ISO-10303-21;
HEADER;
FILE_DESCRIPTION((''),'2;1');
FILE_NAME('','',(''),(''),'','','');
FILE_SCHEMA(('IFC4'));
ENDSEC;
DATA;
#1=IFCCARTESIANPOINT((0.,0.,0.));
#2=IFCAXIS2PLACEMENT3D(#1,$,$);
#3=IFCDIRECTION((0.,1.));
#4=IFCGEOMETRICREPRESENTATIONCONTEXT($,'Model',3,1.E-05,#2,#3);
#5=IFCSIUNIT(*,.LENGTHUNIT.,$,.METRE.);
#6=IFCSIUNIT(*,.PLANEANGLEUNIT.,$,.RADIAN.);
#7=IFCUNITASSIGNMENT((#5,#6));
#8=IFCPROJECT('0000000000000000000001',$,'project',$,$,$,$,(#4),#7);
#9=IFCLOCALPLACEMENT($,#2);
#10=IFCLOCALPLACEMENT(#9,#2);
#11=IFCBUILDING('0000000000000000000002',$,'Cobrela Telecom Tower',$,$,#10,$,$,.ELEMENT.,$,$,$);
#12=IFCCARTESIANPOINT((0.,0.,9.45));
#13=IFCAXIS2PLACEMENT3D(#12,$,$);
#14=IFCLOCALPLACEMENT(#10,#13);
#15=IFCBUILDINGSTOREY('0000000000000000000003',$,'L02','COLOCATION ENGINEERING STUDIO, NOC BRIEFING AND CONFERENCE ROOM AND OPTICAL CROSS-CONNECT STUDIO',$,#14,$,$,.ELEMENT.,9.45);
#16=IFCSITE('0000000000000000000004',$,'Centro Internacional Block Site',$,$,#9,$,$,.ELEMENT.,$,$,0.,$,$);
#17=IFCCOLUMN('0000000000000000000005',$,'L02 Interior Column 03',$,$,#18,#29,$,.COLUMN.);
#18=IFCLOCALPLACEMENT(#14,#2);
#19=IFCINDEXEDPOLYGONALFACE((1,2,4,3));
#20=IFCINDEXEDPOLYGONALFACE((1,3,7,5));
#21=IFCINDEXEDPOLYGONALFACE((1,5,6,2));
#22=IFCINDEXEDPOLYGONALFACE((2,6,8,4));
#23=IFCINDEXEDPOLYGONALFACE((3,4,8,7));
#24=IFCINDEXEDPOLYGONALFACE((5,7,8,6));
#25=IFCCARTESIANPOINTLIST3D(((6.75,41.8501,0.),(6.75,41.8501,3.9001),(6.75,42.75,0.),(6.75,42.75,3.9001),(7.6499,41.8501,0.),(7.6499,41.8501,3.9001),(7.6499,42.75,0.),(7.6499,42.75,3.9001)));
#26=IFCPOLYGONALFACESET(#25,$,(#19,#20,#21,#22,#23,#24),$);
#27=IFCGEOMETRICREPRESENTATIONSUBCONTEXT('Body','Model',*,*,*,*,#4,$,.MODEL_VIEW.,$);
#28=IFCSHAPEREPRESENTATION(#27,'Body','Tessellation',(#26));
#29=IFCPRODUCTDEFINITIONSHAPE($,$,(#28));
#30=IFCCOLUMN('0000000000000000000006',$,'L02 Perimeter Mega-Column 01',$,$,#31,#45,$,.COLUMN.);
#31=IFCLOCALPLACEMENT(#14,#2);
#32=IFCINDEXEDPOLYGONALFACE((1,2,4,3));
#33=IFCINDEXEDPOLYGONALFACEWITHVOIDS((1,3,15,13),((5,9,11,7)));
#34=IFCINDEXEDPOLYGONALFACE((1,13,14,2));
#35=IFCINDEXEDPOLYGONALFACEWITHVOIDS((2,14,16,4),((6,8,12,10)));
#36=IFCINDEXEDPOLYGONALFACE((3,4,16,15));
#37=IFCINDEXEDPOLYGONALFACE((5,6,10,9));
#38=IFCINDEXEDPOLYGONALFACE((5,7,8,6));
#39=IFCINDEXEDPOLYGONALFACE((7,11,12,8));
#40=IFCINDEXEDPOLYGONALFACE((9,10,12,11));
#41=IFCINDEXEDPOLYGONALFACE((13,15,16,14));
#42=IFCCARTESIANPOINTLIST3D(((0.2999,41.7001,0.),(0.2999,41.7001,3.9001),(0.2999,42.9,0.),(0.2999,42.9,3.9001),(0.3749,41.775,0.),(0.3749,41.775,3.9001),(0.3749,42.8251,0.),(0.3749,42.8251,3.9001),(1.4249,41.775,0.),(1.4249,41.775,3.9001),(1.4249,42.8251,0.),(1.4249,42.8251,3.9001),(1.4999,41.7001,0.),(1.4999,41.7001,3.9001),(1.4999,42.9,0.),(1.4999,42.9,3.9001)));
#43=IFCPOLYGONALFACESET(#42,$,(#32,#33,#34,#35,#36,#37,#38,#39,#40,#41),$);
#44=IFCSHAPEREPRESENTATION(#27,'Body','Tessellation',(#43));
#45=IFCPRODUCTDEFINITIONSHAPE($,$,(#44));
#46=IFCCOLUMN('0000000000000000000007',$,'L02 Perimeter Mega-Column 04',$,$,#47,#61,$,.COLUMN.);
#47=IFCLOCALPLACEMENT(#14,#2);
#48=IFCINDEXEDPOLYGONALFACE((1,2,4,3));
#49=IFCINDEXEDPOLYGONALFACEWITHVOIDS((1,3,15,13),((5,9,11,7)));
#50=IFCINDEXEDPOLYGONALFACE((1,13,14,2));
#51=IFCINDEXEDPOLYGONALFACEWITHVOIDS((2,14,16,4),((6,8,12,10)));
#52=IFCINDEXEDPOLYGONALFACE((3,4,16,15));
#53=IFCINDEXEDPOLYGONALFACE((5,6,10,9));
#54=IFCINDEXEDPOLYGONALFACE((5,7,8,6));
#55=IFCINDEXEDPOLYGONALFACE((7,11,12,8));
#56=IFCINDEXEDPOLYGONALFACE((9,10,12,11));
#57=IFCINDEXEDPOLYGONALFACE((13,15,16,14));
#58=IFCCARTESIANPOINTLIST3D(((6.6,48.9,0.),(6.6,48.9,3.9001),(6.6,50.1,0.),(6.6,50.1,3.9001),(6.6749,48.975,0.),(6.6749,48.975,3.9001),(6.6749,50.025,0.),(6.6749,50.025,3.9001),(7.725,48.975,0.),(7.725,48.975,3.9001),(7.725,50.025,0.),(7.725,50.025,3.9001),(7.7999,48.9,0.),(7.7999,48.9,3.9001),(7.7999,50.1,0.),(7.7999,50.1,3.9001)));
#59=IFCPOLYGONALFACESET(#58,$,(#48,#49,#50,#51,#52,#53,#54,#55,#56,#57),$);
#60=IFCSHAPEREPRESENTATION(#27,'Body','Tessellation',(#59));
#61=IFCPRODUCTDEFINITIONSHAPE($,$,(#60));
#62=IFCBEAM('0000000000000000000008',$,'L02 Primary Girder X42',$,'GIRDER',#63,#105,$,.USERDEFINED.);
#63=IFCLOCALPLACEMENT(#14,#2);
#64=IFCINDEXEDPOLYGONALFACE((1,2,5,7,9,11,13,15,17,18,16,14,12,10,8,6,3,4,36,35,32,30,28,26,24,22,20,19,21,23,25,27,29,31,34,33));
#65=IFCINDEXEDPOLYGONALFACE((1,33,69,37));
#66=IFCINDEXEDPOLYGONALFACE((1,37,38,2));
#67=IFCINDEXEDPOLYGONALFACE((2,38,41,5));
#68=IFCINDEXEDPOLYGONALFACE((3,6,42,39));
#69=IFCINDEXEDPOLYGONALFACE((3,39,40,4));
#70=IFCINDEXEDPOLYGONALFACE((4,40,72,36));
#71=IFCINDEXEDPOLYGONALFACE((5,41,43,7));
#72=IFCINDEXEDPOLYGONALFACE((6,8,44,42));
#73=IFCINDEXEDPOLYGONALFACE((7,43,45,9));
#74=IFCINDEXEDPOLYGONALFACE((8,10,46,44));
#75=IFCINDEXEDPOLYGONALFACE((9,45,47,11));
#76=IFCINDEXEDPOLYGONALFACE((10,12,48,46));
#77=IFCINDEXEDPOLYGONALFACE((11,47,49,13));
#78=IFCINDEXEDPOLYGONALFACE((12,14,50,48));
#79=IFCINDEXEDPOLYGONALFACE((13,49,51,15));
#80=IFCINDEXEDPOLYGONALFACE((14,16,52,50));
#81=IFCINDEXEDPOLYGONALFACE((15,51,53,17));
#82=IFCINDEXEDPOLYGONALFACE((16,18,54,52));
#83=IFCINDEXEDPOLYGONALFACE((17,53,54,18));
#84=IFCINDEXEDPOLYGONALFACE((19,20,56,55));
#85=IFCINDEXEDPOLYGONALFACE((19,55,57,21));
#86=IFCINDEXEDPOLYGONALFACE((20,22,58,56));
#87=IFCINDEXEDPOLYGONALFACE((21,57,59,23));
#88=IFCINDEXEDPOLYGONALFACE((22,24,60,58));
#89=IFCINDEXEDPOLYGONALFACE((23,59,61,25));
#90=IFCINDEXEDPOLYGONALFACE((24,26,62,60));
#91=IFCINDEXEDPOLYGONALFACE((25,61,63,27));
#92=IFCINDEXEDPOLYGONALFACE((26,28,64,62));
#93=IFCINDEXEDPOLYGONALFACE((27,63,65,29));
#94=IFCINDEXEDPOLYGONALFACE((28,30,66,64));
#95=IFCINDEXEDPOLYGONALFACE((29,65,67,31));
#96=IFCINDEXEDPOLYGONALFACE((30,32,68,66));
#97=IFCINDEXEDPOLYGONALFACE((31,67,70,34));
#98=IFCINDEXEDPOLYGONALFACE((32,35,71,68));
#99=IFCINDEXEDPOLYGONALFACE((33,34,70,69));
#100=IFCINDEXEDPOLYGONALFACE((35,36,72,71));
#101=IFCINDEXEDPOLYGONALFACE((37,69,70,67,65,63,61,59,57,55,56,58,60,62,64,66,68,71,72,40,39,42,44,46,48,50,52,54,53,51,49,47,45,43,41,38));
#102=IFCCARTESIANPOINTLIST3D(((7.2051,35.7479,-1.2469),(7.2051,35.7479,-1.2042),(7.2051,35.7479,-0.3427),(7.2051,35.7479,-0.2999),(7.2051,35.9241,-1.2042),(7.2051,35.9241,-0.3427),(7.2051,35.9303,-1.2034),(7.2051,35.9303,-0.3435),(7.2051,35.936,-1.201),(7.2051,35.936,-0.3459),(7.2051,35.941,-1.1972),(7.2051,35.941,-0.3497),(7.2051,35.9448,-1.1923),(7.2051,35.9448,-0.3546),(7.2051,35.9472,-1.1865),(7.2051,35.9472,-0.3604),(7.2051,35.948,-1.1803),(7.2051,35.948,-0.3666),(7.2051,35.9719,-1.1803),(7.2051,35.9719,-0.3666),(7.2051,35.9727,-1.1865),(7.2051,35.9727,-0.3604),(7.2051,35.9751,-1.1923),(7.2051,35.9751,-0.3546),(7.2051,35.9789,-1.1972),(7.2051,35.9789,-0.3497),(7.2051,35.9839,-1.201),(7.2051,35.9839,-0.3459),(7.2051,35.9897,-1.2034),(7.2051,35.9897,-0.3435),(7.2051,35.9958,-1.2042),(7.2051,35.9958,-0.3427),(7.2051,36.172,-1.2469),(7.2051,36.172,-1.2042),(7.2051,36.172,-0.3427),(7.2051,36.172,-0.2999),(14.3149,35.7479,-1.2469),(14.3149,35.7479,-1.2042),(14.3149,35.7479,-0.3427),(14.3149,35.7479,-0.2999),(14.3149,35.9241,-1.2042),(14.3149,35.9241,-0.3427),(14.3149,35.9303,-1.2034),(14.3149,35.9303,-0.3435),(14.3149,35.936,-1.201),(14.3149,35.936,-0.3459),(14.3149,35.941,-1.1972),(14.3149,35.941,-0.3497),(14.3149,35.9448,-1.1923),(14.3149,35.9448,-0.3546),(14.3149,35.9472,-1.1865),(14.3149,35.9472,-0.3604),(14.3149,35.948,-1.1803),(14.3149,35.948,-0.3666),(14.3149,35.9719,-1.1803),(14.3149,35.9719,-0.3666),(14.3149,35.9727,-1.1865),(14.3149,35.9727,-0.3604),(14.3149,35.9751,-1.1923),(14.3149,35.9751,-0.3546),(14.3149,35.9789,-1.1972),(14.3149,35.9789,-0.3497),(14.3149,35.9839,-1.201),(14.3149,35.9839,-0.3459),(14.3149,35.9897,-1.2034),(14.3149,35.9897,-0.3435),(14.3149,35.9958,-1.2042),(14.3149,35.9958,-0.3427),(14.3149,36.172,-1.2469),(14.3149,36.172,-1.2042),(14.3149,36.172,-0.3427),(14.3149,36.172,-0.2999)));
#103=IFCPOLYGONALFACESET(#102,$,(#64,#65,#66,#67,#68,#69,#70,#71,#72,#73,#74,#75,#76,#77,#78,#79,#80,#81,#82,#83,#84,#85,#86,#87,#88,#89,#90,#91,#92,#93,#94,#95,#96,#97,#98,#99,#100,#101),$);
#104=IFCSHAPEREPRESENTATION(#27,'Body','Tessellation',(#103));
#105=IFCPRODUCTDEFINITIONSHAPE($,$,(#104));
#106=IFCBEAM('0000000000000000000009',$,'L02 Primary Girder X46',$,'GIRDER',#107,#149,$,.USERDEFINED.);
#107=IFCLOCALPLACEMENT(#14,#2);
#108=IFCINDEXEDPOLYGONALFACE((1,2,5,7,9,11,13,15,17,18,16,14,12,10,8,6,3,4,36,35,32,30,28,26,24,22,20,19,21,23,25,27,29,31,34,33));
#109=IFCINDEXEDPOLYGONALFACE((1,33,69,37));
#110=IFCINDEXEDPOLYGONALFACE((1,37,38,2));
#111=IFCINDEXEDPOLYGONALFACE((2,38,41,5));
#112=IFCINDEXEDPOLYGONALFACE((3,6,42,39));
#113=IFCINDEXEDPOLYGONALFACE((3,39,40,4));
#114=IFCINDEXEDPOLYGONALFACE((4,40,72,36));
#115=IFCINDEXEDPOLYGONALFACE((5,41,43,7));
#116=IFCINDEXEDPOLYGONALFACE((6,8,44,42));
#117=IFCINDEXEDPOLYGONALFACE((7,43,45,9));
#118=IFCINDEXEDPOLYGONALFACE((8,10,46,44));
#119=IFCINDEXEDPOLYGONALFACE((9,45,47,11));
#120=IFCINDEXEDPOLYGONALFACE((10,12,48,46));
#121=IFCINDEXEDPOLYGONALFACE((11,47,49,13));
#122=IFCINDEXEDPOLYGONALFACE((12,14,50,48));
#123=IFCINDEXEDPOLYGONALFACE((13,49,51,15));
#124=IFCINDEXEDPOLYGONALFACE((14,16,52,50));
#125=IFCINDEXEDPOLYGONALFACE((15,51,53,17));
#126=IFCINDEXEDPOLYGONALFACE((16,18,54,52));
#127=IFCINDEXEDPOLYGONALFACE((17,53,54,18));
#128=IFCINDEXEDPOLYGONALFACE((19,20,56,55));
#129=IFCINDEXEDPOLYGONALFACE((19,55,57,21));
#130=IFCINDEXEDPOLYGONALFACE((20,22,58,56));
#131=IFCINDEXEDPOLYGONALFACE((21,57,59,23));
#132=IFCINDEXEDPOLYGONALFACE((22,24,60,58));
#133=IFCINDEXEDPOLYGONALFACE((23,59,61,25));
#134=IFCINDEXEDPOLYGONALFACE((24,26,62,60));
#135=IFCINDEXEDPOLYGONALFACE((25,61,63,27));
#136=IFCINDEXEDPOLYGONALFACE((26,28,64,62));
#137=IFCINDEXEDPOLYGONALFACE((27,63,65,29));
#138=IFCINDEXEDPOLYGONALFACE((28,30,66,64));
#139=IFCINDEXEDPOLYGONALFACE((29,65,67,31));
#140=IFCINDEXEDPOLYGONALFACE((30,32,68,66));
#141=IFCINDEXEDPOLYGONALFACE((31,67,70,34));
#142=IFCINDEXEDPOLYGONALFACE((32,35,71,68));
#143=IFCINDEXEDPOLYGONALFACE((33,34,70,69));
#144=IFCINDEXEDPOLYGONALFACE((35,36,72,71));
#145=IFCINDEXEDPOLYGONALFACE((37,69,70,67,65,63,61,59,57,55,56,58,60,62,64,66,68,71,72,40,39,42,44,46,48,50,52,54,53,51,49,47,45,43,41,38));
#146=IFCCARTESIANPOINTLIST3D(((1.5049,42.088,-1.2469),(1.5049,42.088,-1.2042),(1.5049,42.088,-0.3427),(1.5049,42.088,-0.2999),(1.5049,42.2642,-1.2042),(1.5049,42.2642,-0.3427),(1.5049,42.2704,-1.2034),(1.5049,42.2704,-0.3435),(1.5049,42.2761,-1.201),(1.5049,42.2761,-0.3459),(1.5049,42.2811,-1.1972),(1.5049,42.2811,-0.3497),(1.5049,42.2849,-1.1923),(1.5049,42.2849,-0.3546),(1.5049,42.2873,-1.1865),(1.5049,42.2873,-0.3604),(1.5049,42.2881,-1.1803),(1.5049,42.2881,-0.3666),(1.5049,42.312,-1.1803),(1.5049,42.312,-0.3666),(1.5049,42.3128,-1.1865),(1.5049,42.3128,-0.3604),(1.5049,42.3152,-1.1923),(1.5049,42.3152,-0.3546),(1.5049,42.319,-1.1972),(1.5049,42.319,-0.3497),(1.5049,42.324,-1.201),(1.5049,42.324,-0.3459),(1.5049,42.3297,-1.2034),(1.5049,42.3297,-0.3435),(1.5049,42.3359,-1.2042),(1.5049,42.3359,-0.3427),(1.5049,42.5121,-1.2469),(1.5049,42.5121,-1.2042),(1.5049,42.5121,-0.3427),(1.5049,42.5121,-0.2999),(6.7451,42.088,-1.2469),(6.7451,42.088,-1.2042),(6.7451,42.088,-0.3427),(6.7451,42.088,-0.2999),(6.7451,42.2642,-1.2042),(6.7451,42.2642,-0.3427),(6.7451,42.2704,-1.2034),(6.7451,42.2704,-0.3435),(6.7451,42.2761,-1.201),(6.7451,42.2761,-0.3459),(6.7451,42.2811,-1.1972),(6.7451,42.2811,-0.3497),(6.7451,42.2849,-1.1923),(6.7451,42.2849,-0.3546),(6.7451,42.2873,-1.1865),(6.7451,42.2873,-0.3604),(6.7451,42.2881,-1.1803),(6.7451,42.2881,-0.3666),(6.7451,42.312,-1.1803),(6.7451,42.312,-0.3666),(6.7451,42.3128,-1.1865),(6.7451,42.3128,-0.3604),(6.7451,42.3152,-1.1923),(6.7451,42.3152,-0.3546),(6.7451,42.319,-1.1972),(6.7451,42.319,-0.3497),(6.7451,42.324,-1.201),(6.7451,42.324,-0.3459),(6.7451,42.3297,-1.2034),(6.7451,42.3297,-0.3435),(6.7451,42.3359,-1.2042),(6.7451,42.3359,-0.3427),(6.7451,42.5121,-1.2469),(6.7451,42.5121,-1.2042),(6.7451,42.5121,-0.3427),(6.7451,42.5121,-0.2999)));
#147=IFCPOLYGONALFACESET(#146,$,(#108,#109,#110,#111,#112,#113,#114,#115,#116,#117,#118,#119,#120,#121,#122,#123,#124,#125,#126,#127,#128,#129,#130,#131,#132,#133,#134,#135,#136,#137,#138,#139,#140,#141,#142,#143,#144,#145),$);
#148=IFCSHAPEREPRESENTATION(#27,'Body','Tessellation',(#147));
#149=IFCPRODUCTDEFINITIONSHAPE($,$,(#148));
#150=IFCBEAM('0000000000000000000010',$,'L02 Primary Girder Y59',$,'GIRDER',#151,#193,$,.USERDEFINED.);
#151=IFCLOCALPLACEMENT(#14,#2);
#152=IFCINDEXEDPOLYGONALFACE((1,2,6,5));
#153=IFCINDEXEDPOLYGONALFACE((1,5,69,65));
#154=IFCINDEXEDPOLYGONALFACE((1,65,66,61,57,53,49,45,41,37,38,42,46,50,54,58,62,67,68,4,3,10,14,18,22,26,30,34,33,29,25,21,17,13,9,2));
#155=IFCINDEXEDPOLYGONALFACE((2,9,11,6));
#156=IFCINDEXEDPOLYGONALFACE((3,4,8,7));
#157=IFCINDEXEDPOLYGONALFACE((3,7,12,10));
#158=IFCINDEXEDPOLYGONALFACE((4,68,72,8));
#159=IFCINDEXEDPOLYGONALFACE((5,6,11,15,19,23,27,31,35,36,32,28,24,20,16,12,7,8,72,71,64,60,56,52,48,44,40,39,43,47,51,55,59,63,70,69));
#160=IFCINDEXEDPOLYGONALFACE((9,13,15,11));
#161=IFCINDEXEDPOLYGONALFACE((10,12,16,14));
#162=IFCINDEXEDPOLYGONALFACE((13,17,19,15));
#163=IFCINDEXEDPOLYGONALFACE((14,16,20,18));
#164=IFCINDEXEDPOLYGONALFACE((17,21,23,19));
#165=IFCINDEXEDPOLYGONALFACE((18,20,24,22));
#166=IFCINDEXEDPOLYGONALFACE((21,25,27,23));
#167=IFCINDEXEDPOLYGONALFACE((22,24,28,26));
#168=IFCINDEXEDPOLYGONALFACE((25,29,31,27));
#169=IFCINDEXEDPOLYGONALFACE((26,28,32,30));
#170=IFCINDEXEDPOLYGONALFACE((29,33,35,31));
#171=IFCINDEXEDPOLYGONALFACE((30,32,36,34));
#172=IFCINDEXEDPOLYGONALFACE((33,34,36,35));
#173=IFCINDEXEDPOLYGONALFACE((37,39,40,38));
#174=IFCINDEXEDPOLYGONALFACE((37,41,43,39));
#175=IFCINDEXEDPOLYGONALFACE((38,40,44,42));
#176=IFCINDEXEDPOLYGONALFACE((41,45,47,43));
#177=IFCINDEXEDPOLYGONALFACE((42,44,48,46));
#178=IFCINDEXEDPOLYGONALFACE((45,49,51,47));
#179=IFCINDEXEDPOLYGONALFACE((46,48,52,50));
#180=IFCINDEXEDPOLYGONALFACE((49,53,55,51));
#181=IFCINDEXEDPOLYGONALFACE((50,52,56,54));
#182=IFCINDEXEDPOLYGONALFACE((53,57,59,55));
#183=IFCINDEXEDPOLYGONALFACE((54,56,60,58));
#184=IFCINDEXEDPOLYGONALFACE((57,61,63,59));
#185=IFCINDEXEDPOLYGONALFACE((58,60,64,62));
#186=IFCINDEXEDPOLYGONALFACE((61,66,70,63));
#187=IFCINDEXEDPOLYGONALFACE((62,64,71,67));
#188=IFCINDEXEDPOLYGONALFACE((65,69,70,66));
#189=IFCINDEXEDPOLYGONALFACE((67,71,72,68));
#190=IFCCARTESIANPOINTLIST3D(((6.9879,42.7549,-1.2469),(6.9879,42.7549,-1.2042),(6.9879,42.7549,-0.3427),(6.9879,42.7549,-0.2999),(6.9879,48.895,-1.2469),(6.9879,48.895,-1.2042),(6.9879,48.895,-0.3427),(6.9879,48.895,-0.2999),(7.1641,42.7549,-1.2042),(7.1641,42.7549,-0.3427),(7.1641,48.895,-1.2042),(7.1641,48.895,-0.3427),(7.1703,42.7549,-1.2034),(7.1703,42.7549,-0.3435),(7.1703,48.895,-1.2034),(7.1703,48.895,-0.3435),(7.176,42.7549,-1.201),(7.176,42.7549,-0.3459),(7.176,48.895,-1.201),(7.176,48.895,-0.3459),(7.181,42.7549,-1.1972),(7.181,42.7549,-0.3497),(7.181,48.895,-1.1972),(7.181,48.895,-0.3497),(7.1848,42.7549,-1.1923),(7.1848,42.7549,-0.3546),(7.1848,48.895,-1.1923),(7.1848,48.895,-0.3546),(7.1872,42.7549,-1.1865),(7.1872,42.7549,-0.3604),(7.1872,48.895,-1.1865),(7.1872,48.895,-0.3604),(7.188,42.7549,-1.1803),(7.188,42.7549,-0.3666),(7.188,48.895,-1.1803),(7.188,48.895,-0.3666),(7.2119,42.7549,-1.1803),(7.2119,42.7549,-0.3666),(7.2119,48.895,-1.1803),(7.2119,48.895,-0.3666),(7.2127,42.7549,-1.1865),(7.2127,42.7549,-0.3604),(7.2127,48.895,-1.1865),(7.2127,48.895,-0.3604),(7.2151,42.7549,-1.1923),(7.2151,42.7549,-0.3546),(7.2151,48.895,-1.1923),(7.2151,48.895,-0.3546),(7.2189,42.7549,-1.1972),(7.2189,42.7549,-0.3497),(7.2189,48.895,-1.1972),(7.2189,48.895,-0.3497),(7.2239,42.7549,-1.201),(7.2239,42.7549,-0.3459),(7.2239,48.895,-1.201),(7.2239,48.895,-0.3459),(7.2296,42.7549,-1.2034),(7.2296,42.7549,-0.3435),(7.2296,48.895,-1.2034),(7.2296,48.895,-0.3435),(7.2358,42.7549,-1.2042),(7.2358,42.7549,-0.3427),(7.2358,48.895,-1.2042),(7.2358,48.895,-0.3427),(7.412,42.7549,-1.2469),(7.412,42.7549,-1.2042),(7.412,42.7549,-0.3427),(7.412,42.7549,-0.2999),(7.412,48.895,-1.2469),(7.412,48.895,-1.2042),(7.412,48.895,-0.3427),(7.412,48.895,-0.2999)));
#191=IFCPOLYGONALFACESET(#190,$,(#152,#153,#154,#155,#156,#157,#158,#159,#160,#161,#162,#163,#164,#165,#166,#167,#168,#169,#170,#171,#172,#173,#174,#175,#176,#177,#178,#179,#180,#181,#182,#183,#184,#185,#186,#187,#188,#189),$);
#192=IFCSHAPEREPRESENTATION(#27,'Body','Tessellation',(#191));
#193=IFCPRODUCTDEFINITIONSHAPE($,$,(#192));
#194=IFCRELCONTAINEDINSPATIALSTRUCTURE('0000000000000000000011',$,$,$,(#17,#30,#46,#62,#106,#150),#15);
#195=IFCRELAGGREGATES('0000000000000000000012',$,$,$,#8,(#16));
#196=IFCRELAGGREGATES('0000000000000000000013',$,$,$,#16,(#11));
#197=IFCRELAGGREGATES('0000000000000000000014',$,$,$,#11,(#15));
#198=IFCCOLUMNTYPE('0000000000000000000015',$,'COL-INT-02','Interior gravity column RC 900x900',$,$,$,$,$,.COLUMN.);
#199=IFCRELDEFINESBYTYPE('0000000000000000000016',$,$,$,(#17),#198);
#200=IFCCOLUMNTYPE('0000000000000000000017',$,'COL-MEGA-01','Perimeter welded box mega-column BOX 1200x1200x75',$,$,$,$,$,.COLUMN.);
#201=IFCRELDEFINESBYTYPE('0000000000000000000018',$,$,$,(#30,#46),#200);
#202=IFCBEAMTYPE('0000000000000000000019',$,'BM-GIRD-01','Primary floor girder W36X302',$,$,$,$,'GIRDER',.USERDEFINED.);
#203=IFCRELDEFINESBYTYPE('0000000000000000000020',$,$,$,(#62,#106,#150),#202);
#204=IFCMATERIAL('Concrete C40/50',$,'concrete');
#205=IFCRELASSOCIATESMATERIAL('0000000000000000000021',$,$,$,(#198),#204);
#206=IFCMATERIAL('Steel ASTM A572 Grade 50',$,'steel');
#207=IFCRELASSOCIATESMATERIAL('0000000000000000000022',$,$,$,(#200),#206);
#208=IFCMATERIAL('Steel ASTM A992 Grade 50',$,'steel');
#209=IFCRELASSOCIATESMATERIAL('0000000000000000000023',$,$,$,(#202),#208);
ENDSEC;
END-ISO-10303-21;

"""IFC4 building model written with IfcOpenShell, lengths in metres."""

from ifc_helpers import new_model, si_unit, direction, frame, origin, origin_2d, place, context, subcontext, project, spatial, rectangle, hollow_rectangle, i_section, extrude, material, material_profile, profile_set, type_object, element, save


model = new_model("IFC4")

# Units and contexts
model_context = context("Model", 3, precision=1e-05, world=origin(), true_north=direction((0.0, 1.0)))
body_context = subcontext(model_context, "Body", "Model", "MODEL_VIEW")
ifc_project = project(units=[si_unit("LENGTHUNIT", "METRE"), si_unit("PLANEANGLEUNIT", "RADIAN")], contexts=[model_context])

# Site, building, storey
site_placement = place(None, origin())
site = spatial("IfcSite", under=ifc_project, at=site_placement, Name="Centro Internacional Block Site", CompositionType="ELEMENT", RefElevation=0.0)
building_placement = place(site_placement, origin())
building = spatial("IfcBuilding", under=site, at=building_placement, Name="Cobrela Telecom Tower", CompositionType="ELEMENT")
storey_placement = place(building_placement, frame((0.0, 0.0, 9.45)))
storey = spatial("IfcBuildingStorey", under=building, at=storey_placement, Name="L02", Description="COLOCATION ENGINEERING STUDIO, NOC BRIEFING AND CONFERENCE ROOM AND OPTICAL CROSS-CONNECT STUDIO", CompositionType="ELEMENT", Elevation=9.45)

# Columns
ifc_material_1 = material(Name="Concrete C40/50", Category="concrete")
ifc_material_profile_1 = material_profile(ifc_material_1, rectangle(XDim=0.8999, YDim=0.8999, at=origin_2d()), Name="RC 900x900")
ifc_profile_set_1 = profile_set([ifc_material_profile_1], Name="Concrete C40/50")
column_type_1 = type_object("IfcColumnType", Name="COL-INT-02", Description="Interior gravity column RC 900x900", PredefinedType="COLUMN", material=ifc_profile_set_1)
column_placement = place(storey_placement, frame((7.2, 42.3, 0.0), z_axis=(0.0, 0.0, 1.0), x_axis=(1.0, 0.0, 0.0)))
element("IfcColumn", 1, at=column_placement, inside=storey, type_object=column_type_1, Name="L02 Interior Column 03", PredefinedType="COLUMN", context=body_context, shape_type="SweptSolid", body=[
    extrude(rectangle(XDim=0.8999, YDim=0.8999, at=origin_2d()), origin(), (0.0, 0.0, 1.0), 3.9001),
])
ifc_material_2 = material(Name="Steel ASTM A572 Grade 50", Category="steel")
ifc_material_profile_2 = material_profile(ifc_material_2, hollow_rectangle(XDim=1.2, YDim=1.2, WallThickness=0.075, at=origin_2d()), Name="BOX 1200x1200x75")
ifc_profile_set_2 = profile_set([ifc_material_profile_2], Name="Steel ASTM A572 Grade 50")
column_type_2 = type_object("IfcColumnType", Name="COL-MEGA-01", Description="Perimeter welded box mega-column BOX 1200x1200x75", PredefinedType="COLUMN", material=ifc_profile_set_2)
for number, where, z_axis, x_axis, name in (
    (2, (0.8999, 42.3, 0.0), (0.0, 0.0, 1.0), (1.0, 0.0, 0.0), "L02 Perimeter Mega-Column 01"),
    (3, (7.2, 49.5, 0.0), (0.0, 0.0, 1.0), (1.0, 0.0, 0.0), "L02 Perimeter Mega-Column 04"),
):
    element("IfcColumn", number, at=place(storey_placement, frame(where, z_axis=z_axis, x_axis=x_axis)), inside=storey, type_object=column_type_2, Name=name, PredefinedType="COLUMN", context=body_context, shape_type="SweptSolid", body=[
        extrude(hollow_rectangle(XDim=1.2, YDim=1.2, WallThickness=0.075, at=origin_2d()), origin(), (0.0, 0.0, 1.0), 3.9001),
    ])

# Beams
ifc_material_3 = material(Name="Steel ASTM A992 Grade 50", Category="steel")
ifc_material_profile_3 = material_profile(ifc_material_3, i_section(OverallWidth=0.4241, OverallDepth=0.947, WebThickness=0.0239, FlangeThickness=0.0427, FilletRadius=0.0239, at=origin_2d()), Name="W36X302")
ifc_profile_set_3 = profile_set([ifc_material_profile_3], Name="Steel ASTM A992 Grade 50")
beam_type_1 = type_object("IfcBeamType", Name="BM-GIRD-01", Description="Primary floor girder W36X302", ElementType="GIRDER", PredefinedType="USERDEFINED", material=ifc_profile_set_3)
beam_1_placement = place(storey_placement, frame((7.2051, 35.96, -0.7734), z_axis=(1.0, 0.0, 0.0), x_axis=(0.0, 1.0, 0.0)))
element("IfcBeam", 4, at=beam_1_placement, inside=storey, type_object=beam_type_1, Name="L02 Primary Girder X42", ObjectType="GIRDER", PredefinedType="USERDEFINED", context=body_context, shape_type="SweptSolid", body=[
    extrude(i_section(OverallWidth=0.4241, OverallDepth=0.947, WebThickness=0.0239, FlangeThickness=0.0427, FilletRadius=0.0239, at=origin_2d()), origin(), (0.0, 0.0, 1.0), 7.1099),
])
beam_2_placement = place(storey_placement, frame((1.5049, 42.3, -0.7734), z_axis=(1.0, 0.0, 0.0), x_axis=(0.0, 1.0, 0.0)))
element("IfcBeam", 5, at=beam_2_placement, inside=storey, type_object=beam_type_1, Name="L02 Primary Girder X46", ObjectType="GIRDER", PredefinedType="USERDEFINED", context=body_context, shape_type="SweptSolid", body=[
    extrude(i_section(OverallWidth=0.4241, OverallDepth=0.947, WebThickness=0.0239, FlangeThickness=0.0427, FilletRadius=0.0239, at=origin_2d()), origin(), (0.0, 0.0, 1.0), 5.2402),
])
beam_3_placement = place(storey_placement, frame((7.2, 42.7549, -0.7734), z_axis=(0.0, 1.0, 0.0), x_axis=(-1.0, 0.0, 0.0)))
element("IfcBeam", 6, at=beam_3_placement, inside=storey, type_object=beam_type_1, Name="L02 Primary Girder Y59", ObjectType="GIRDER", PredefinedType="USERDEFINED", context=body_context, shape_type="SweptSolid", body=[
    extrude(i_section(OverallWidth=0.4241, OverallDepth=0.947, WebThickness=0.0239, FlangeThickness=0.0427, FilletRadius=0.0239, at=origin_2d()), origin(), (0.0, 0.0, 1.0), 6.1401),
])

save(model, "model.ifc")
